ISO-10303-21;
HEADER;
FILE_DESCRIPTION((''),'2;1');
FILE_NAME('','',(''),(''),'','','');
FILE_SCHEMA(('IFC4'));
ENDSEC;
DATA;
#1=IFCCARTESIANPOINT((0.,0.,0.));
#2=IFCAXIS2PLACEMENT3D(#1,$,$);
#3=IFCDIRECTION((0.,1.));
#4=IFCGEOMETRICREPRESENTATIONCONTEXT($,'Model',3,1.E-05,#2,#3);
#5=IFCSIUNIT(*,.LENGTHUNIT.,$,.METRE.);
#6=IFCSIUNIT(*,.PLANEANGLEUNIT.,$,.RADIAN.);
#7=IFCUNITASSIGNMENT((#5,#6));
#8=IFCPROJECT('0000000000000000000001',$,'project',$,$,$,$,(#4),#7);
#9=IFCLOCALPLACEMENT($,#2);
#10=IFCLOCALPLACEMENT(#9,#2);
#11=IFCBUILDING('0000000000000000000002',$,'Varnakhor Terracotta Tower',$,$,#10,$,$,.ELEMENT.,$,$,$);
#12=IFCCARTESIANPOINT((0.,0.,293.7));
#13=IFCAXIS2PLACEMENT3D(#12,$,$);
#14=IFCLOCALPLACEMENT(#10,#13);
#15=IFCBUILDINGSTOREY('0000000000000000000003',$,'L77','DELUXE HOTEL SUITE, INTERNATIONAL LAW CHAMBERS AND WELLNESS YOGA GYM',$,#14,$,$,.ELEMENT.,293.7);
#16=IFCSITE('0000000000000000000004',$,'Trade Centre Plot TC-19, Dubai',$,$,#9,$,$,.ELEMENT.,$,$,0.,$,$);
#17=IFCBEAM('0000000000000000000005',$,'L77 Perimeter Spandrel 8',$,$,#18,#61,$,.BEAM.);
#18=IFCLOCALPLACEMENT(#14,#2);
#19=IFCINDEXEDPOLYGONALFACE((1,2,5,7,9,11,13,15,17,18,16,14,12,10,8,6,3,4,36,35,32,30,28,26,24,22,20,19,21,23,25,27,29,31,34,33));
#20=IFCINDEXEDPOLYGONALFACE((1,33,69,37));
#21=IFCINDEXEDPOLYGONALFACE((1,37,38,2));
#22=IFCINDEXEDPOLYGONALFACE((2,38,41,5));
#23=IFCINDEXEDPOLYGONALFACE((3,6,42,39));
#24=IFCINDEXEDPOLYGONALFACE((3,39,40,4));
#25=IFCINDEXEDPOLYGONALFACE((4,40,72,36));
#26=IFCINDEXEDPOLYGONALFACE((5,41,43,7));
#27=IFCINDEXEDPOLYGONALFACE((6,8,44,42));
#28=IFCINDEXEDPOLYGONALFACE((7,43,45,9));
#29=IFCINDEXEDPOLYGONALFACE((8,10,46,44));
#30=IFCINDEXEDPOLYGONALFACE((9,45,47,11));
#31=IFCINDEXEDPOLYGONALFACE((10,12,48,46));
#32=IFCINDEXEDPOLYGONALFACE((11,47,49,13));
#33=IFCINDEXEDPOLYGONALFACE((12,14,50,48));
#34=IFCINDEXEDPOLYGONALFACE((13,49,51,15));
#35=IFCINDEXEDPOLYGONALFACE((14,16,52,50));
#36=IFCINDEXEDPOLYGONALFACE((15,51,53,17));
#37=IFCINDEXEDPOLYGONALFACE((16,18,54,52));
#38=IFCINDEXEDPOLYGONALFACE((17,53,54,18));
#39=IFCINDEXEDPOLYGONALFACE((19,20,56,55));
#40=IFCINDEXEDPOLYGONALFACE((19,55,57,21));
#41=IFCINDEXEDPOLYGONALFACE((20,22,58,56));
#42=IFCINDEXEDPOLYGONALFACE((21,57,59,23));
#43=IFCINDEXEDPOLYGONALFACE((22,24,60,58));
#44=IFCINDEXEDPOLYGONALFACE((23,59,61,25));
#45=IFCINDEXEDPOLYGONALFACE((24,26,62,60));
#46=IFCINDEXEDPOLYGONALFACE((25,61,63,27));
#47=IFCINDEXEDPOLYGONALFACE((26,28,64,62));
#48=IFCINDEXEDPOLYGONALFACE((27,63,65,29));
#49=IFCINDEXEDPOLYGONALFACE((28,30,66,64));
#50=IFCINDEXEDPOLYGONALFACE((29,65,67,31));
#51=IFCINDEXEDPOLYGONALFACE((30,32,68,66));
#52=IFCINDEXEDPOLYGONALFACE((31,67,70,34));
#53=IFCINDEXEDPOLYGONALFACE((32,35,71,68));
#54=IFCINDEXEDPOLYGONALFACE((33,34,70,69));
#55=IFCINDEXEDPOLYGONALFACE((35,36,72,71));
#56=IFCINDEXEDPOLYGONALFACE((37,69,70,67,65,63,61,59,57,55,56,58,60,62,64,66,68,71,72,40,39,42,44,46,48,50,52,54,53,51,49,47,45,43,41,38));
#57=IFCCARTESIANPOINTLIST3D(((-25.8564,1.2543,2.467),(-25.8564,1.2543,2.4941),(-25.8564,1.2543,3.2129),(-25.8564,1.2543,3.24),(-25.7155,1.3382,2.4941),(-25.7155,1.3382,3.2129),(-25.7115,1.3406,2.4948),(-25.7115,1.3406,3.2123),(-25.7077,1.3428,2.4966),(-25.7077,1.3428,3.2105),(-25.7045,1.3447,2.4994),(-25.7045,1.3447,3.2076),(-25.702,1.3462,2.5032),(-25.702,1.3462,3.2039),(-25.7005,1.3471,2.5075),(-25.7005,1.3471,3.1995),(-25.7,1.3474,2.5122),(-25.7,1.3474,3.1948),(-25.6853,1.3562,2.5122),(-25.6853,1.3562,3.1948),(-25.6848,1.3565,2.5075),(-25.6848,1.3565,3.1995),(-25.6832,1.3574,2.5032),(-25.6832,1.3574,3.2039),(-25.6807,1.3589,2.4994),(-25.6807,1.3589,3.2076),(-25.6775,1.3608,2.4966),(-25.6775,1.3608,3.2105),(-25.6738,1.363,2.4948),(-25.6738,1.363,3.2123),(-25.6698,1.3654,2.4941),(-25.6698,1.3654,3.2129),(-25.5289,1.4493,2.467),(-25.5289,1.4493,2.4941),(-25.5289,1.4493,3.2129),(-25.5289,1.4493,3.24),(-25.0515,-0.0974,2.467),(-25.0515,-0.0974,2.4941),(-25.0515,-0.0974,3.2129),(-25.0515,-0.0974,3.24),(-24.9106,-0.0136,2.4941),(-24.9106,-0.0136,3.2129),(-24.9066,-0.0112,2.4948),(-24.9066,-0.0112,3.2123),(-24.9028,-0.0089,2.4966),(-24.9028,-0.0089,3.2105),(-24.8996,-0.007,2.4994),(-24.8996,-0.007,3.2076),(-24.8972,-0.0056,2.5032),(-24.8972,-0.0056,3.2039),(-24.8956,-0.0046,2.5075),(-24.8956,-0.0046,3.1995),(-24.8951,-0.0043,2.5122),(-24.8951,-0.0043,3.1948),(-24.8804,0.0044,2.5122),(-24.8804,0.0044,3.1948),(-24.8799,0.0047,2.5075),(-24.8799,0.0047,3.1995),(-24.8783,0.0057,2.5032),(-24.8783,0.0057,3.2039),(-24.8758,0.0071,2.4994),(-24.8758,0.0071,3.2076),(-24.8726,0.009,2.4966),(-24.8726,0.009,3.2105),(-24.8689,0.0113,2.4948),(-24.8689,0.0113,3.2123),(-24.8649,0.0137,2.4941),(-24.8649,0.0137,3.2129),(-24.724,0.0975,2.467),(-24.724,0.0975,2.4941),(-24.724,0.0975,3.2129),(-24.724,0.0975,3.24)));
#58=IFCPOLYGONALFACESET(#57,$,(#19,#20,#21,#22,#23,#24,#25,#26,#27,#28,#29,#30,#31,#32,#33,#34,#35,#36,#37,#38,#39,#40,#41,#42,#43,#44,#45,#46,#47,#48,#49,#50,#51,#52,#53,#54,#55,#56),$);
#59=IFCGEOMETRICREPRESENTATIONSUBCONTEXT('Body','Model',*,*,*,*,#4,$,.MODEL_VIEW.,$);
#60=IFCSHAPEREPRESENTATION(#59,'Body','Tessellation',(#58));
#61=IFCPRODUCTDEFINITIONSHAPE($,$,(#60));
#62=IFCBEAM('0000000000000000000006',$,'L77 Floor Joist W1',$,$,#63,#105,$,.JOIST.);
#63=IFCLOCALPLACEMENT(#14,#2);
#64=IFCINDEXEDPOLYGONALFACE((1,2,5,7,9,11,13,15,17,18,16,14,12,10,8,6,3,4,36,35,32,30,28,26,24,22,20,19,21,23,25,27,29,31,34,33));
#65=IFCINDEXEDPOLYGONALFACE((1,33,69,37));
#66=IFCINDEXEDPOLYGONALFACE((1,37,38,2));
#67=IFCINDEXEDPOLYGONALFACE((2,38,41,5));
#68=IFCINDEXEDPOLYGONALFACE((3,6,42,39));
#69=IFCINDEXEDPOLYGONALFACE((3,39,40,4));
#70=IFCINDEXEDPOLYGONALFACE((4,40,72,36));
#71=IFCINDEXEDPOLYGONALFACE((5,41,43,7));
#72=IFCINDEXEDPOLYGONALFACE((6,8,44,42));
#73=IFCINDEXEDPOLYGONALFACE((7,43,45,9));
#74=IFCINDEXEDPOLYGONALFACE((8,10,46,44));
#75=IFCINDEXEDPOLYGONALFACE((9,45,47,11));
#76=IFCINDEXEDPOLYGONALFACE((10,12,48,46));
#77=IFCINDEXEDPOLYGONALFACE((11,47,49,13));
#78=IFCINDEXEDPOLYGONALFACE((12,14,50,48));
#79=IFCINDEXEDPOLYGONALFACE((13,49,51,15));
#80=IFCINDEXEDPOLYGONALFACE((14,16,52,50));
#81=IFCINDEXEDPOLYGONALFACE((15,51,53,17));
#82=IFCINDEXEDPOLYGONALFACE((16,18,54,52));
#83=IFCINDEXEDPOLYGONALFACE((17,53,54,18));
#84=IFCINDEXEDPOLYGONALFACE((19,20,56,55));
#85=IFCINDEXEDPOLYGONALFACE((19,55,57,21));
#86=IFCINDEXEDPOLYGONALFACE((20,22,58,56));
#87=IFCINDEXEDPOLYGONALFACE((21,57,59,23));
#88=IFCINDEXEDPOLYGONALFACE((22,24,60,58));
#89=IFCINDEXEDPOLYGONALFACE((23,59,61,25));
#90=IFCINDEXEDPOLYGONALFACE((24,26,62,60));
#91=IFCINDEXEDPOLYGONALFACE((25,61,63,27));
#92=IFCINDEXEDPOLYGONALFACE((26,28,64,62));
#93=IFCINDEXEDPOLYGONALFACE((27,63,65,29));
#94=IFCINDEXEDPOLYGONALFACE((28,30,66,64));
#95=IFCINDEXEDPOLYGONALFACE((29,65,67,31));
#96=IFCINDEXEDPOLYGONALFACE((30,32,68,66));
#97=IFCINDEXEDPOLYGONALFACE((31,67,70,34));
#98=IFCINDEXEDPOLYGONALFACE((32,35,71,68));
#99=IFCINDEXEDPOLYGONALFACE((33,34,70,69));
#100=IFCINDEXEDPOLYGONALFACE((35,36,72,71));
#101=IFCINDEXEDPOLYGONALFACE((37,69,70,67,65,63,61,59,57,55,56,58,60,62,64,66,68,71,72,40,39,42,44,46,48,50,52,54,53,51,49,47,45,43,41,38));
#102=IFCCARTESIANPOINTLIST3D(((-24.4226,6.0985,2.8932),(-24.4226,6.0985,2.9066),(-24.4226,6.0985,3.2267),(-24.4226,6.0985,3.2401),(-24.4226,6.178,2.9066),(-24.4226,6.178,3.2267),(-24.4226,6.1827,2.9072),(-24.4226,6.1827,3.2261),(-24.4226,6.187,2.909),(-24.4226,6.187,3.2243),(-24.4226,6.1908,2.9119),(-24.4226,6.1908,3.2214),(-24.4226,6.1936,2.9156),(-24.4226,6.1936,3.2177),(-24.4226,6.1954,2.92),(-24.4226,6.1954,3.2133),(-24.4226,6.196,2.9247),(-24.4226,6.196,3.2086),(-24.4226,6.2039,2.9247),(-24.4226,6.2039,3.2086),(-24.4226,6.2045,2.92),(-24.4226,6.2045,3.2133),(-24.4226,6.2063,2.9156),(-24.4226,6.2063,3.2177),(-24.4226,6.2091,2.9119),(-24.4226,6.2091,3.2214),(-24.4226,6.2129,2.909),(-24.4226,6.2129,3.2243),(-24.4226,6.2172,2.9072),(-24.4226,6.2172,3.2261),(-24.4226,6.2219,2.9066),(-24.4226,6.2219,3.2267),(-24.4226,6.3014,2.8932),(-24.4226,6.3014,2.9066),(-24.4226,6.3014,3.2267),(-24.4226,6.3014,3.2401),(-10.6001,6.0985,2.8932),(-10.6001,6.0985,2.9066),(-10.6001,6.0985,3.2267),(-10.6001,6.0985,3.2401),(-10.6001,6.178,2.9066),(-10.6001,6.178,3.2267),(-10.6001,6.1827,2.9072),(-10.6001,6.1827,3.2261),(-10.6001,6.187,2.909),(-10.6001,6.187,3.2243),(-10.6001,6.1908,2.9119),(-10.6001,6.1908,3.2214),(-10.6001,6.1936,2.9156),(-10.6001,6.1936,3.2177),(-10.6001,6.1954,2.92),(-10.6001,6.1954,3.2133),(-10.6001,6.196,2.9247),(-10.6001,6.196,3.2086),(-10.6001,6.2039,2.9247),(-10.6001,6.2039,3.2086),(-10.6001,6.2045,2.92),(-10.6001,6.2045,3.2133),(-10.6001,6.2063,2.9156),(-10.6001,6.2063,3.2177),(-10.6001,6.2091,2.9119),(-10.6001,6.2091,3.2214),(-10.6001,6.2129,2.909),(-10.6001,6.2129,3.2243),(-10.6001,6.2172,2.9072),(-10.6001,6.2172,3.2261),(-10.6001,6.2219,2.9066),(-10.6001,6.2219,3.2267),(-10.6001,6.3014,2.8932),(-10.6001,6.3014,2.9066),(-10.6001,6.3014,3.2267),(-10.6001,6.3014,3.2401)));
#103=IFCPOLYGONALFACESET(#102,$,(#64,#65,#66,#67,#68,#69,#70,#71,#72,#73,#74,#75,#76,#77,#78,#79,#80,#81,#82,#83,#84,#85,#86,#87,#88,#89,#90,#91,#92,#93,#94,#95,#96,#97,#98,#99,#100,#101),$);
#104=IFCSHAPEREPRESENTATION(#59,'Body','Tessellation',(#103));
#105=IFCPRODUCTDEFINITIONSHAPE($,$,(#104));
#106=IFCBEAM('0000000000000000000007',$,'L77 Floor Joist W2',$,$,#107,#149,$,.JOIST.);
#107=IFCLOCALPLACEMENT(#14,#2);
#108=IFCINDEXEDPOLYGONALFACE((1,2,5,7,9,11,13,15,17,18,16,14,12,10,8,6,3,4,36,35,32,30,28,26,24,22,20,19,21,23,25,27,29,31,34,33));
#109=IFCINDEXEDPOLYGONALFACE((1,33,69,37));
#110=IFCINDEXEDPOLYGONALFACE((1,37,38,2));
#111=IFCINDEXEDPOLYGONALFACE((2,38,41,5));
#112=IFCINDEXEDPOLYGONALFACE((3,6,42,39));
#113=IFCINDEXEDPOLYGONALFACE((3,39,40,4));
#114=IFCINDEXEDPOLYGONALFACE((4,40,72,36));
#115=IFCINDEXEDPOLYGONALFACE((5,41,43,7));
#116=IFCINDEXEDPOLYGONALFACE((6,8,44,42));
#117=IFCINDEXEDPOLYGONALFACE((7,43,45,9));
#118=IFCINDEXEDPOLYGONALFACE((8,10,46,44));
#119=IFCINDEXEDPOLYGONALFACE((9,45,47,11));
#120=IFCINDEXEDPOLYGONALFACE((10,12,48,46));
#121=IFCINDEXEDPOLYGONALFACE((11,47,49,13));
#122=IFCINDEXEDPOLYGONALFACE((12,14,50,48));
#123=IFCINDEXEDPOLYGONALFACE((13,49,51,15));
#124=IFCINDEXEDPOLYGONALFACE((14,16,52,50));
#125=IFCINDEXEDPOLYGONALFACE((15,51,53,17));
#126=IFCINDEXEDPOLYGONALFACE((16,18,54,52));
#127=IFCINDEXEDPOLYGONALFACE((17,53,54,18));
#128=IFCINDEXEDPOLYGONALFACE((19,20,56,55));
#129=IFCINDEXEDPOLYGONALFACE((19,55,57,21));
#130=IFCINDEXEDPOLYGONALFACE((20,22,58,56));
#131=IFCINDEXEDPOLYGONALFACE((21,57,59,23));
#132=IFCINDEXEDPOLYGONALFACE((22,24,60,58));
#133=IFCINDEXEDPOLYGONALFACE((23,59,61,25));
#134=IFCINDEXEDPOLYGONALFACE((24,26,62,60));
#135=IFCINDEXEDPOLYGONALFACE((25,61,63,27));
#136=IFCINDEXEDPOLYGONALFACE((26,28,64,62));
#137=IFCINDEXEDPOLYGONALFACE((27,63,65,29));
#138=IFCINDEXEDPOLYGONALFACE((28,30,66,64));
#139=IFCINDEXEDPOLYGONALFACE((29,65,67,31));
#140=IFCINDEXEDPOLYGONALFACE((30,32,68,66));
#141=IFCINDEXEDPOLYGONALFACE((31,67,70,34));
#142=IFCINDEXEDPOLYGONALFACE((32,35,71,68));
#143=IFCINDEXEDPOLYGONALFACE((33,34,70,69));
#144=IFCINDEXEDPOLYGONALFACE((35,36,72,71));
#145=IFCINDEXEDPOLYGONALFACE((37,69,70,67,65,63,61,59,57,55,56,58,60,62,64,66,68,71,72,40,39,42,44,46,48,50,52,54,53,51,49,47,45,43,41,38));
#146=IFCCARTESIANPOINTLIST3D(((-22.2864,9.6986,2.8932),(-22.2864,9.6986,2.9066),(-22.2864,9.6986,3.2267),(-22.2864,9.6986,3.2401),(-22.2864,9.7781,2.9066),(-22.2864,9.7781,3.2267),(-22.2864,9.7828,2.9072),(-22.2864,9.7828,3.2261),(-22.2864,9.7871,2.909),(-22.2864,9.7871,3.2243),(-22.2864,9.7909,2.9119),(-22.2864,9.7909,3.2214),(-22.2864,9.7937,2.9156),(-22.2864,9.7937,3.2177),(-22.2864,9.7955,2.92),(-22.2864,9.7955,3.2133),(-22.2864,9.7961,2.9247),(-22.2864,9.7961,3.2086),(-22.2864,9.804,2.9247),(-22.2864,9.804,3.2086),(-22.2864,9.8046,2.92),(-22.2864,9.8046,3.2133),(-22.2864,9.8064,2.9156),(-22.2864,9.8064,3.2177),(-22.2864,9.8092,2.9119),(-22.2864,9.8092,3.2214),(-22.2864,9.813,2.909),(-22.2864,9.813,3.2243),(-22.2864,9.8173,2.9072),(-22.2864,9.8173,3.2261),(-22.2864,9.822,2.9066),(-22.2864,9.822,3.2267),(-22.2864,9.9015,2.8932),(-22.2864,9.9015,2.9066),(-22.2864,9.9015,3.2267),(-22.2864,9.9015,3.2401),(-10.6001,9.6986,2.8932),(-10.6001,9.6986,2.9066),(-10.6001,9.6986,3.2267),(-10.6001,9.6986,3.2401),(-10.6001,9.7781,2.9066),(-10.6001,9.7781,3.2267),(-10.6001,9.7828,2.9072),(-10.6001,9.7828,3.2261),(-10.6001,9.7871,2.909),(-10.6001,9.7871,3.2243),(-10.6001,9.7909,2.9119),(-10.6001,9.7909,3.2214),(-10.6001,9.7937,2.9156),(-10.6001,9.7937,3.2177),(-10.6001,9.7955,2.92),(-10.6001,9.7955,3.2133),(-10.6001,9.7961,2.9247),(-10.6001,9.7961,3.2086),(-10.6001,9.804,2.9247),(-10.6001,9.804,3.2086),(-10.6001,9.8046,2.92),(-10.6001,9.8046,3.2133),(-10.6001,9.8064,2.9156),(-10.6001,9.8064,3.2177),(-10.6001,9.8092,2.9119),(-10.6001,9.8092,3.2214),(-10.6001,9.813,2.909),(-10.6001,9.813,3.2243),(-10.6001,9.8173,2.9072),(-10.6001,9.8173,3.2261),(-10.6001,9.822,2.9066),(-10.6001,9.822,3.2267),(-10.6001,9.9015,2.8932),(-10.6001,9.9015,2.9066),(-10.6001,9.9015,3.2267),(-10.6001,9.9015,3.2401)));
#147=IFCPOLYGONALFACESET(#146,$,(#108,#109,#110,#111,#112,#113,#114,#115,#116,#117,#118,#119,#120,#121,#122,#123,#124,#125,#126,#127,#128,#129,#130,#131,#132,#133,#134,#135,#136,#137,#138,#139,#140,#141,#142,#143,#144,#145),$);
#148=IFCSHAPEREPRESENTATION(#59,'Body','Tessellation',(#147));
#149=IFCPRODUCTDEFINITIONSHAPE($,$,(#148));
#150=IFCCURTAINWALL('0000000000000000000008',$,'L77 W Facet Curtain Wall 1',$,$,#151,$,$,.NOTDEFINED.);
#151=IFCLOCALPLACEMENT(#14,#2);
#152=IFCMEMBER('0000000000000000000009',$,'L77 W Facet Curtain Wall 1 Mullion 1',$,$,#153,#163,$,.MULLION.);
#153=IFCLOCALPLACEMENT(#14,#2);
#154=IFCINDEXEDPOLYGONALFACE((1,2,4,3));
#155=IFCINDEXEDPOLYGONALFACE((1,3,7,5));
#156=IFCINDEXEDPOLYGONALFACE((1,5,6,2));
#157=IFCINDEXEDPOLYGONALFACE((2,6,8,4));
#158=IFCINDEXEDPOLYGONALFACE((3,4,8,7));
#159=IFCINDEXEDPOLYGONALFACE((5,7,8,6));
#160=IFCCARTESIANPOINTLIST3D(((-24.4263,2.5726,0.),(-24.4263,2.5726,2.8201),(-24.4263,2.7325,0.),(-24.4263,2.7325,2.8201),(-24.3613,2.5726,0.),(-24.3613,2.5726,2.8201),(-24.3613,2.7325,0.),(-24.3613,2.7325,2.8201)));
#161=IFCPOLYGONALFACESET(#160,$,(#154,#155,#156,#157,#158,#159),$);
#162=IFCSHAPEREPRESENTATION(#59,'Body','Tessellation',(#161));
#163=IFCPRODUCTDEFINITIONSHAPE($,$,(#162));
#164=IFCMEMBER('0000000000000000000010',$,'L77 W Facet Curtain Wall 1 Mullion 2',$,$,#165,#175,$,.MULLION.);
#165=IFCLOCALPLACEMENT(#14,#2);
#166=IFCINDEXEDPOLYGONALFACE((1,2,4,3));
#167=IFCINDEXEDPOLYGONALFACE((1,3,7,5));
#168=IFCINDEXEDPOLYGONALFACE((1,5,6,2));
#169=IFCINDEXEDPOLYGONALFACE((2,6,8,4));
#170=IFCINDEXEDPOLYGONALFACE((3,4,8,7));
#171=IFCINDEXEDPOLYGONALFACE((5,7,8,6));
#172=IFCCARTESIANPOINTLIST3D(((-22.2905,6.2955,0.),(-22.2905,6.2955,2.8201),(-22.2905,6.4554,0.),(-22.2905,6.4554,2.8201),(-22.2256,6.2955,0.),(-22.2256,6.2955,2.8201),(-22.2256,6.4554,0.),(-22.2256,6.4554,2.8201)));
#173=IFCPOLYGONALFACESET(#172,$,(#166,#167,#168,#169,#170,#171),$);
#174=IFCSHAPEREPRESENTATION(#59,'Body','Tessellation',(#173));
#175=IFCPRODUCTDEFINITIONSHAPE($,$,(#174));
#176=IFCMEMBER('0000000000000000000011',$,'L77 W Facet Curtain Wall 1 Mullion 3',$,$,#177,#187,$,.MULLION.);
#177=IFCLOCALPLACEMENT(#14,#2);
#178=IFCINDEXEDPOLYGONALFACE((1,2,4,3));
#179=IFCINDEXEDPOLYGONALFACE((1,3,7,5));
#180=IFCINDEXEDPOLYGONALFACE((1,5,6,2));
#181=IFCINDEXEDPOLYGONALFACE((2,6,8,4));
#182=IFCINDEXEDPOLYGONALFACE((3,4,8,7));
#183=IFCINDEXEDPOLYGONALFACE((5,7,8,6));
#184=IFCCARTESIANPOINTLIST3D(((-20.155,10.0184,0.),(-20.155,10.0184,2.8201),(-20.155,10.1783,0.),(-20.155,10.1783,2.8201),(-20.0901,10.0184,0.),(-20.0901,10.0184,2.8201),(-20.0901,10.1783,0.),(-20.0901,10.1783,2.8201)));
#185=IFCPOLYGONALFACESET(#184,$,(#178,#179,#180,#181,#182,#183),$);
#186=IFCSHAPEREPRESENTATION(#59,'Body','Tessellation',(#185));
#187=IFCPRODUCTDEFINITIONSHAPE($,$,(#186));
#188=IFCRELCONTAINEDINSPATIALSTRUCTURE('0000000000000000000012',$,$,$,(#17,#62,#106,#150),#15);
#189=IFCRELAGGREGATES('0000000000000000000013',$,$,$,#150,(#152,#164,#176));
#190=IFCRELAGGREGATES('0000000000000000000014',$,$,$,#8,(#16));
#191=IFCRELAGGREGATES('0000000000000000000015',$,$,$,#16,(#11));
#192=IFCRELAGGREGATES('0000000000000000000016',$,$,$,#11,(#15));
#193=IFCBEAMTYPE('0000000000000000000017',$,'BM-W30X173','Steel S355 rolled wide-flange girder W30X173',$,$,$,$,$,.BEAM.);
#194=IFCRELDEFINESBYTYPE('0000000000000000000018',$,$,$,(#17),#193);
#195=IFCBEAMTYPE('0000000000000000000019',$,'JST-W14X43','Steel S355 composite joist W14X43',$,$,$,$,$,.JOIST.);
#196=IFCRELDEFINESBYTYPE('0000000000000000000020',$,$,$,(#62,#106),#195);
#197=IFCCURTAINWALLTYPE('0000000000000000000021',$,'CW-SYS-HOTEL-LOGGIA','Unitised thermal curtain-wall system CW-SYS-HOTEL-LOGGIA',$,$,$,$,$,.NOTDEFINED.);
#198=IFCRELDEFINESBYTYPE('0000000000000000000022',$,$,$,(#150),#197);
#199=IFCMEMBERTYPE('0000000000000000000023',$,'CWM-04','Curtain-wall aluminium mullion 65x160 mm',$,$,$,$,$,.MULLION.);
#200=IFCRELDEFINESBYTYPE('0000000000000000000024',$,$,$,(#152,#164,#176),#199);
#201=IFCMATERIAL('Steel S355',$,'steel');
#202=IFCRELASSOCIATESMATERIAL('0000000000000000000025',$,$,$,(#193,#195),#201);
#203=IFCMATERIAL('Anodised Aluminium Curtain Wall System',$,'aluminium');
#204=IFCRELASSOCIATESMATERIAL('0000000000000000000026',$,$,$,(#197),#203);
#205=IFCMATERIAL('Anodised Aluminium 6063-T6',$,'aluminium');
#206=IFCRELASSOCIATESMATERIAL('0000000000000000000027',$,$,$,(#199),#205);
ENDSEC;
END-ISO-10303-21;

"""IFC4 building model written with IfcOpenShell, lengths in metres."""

from ifc_helpers import new_model, si_unit, direction, frame, origin, origin_2d, place, context, subcontext, project, spatial, rectangle, i_section, extrude, source, transform, mapped, material, material_profile, profile_set, type_object, type_shapes, element, aggregate, save


model = new_model("IFC4")

# Units and contexts
model_context = context("Model", 3, precision=1e-05, world=origin(), true_north=direction((0.0, 1.0)))
body_context = subcontext(model_context, "Body", "Model", "MODEL_VIEW")
ifc_project = project(units=[si_unit("LENGTHUNIT", "METRE"), si_unit("PLANEANGLEUNIT", "RADIAN")], contexts=[model_context])

# Site, building, storey
site_placement = place(None, origin())
site = spatial("IfcSite", under=ifc_project, at=site_placement, Name="Trade Centre Plot TC-19, Dubai", CompositionType="ELEMENT", RefElevation=0.0)
building_placement = place(site_placement, origin())
building = spatial("IfcBuilding", under=site, at=building_placement, Name="Varnakhor Terracotta Tower", CompositionType="ELEMENT")
storey_placement = place(building_placement, frame((0.0, 0.0, 293.7)))
storey = spatial("IfcBuildingStorey", under=building, at=storey_placement, Name="L77", Description="DELUXE HOTEL SUITE, INTERNATIONAL LAW CHAMBERS AND WELLNESS YOGA GYM", CompositionType="ELEMENT", Elevation=293.7)

# Shared definitions
ifc_material_1 = material(Name="Steel S355", Category="steel")

# Beams
ifc_material_profile_1 = material_profile(ifc_material_1, i_section(OverallWidth=0.3811, OverallDepth=0.7729, WebThickness=0.0171, FlangeThickness=0.0271, FilletRadius=0.0181, at=origin_2d()), Name="W30X173")
ifc_profile_set_1 = profile_set([ifc_material_profile_1], Name="Steel S355")
beam_type_1 = type_object("IfcBeamType", Name="BM-W30X173", Description="Steel S355 rolled wide-flange girder W30X173", PredefinedType="BEAM", material=ifc_profile_set_1)
shared_shape_1 = source(origin(), body_context, "Body", "SweptSolid", [
    extrude(i_section(OverallWidth=0.3811, OverallDepth=0.7729, WebThickness=0.0171, FlangeThickness=0.0271, FilletRadius=0.0181, at=origin_2d()), origin(), (0.0, 0.0, 1.0), 1.5732),
])
beam_1_placement = place(storey_placement, frame((-25.6926, 1.3518, 2.8535), z_axis=(0.511618, -0.859213, 0.0), x_axis=(0.859213, 0.511618, 0.0)))
element("IfcBeam", 1, at=beam_1_placement, inside=storey, type_object=beam_type_1, Name="L77 Perimeter Spandrel 8", PredefinedType="BEAM", context=body_context, shape_type="MappedRepresentation", body=[
    mapped(shared_shape_1, transform((0.0, 0.0, 0.0), scale=1.0)),
])
ifc_material_profile_2 = material_profile(ifc_material_1, i_section(OverallWidth=0.2029, OverallDepth=0.3469, WebThickness=0.0078, FlangeThickness=0.0134, FilletRadius=0.0181, at=origin_2d()), Name="W14X43")
ifc_profile_set_2 = profile_set([ifc_material_profile_2], Name="Steel S355")
beam_type_2 = type_object("IfcBeamType", Name="JST-W14X43", Description="Steel S355 composite joist W14X43", PredefinedType="JOIST", material=ifc_profile_set_2)
shared_shape_2 = source(origin(), body_context, "Body", "SweptSolid", [
    extrude(i_section(OverallWidth=0.2029, OverallDepth=0.3469, WebThickness=0.0078, FlangeThickness=0.0134, FilletRadius=0.0181, at=origin_2d()), origin(), (0.0, 0.0, 1.0), 13.8225),
])
beam_2_placement = place(storey_placement, frame((-24.4226, 6.2, 3.0667), z_axis=(1.0, 0.0, 0.0), x_axis=(0.0, 1.0, 0.0)))
element("IfcBeam", 2, at=beam_2_placement, inside=storey, type_object=beam_type_2, Name="L77 Floor Joist W1", PredefinedType="JOIST", context=body_context, shape_type="MappedRepresentation", body=[
    mapped(shared_shape_2, transform((0.0, 0.0, 0.0), scale=1.0)),
])
shared_shape_3 = source(origin(), body_context, "Body", "SweptSolid", [
    extrude(i_section(OverallWidth=0.2029, OverallDepth=0.3469, WebThickness=0.0078, FlangeThickness=0.0134, FilletRadius=0.0181, at=origin_2d()), origin(), (0.0, 0.0, 1.0), 11.6863),
])
beam_3_placement = place(storey_placement, frame((-22.2864, 9.8, 3.0667), z_axis=(1.0, 0.0, 0.0), x_axis=(0.0, 1.0, 0.0)))
element("IfcBeam", 3, at=beam_3_placement, inside=storey, type_object=beam_type_2, Name="L77 Floor Joist W2", PredefinedType="JOIST", context=body_context, shape_type="MappedRepresentation", body=[
    mapped(shared_shape_3, transform((0.0, 0.0, 0.0), scale=1.0)),
])

# Curtain wall, members
ifc_material_2 = material(Name="Anodised Aluminium Curtain Wall System", Category="aluminium")
curtain_wall_type = type_object("IfcCurtainWallType", Name="CW-SYS-HOTEL-LOGGIA", Description="Unitised thermal curtain-wall system CW-SYS-HOTEL-LOGGIA", PredefinedType="NOTDEFINED", material=ifc_material_2)
curtain_wall_1_placement = place(storey_placement, origin())
curtain_wall_1 = element("IfcCurtainWall", 4, at=curtain_wall_1_placement, inside=storey, type_object=curtain_wall_type, Name="L77 W Facet Curtain Wall 1", PredefinedType="NOTDEFINED")
ifc_material_3 = material(Name="Anodised Aluminium 6063-T6", Category="aluminium")
ifc_material_profile_3 = material_profile(ifc_material_3, rectangle(XDim=0.0649, YDim=0.1599, at=origin_2d()), Name="ALU MULLION 65x160")
ifc_profile_set_3 = profile_set([ifc_material_profile_3], Name="Anodised Aluminium 6063-T6")
member_type_1 = type_object("IfcMemberType", Name="CWM-04", Description="Curtain-wall aluminium mullion 65x160 mm", PredefinedType="MULLION", material=ifc_profile_set_3)
shared_shape_4 = source(origin(), body_context, "Body", "SweptSolid", [
    extrude(rectangle(XDim=0.0649, YDim=0.1599, at=origin_2d()), origin(), (0.0, 0.0, 1.0), 2.8201),
])
type_shapes(member_type_1, [shared_shape_4])
member_1_placement = place(storey_placement, frame((-24.3938, 2.6526, 0.0), z_axis=(0.0, 0.0, 1.0), x_axis=(1.0, 0.0, 0.0)))
member_1 = element("IfcMember", 5, at=member_1_placement, type_object=member_type_1, Name="L77 W Facet Curtain Wall 1 Mullion 1", PredefinedType="MULLION", context=body_context, shape_type="MappedRepresentation", body=[
    mapped(shared_shape_4, transform((0.0, 0.0, 0.0), scale=1.0)),
])
member_2_placement = place(storey_placement, frame((-22.2581, 6.3755, 0.0), z_axis=(0.0, 0.0, 1.0), x_axis=(1.0, 0.0, 0.0)))
member_2 = element("IfcMember", 6, at=member_2_placement, type_object=member_type_1, Name="L77 W Facet Curtain Wall 1 Mullion 2", PredefinedType="MULLION", context=body_context, shape_type="MappedRepresentation", body=[
    mapped(shared_shape_4, transform((0.0, 0.0, 0.0), scale=1.0)),
])
member_3_placement = place(storey_placement, frame((-20.1226, 10.0984, 0.0), z_axis=(0.0, 0.0, 1.0), x_axis=(1.0, 0.0, 0.0)))
member_3 = element("IfcMember", 7, at=member_3_placement, type_object=member_type_1, Name="L77 W Facet Curtain Wall 1 Mullion 3", PredefinedType="MULLION", context=body_context, shape_type="MappedRepresentation", body=[
    mapped(shared_shape_4, transform((0.0, 0.0, 0.0), scale=1.0)),
])

aggregate(curtain_wall_1, [member_1, member_2, member_3])

save(model, "model.ifc")
